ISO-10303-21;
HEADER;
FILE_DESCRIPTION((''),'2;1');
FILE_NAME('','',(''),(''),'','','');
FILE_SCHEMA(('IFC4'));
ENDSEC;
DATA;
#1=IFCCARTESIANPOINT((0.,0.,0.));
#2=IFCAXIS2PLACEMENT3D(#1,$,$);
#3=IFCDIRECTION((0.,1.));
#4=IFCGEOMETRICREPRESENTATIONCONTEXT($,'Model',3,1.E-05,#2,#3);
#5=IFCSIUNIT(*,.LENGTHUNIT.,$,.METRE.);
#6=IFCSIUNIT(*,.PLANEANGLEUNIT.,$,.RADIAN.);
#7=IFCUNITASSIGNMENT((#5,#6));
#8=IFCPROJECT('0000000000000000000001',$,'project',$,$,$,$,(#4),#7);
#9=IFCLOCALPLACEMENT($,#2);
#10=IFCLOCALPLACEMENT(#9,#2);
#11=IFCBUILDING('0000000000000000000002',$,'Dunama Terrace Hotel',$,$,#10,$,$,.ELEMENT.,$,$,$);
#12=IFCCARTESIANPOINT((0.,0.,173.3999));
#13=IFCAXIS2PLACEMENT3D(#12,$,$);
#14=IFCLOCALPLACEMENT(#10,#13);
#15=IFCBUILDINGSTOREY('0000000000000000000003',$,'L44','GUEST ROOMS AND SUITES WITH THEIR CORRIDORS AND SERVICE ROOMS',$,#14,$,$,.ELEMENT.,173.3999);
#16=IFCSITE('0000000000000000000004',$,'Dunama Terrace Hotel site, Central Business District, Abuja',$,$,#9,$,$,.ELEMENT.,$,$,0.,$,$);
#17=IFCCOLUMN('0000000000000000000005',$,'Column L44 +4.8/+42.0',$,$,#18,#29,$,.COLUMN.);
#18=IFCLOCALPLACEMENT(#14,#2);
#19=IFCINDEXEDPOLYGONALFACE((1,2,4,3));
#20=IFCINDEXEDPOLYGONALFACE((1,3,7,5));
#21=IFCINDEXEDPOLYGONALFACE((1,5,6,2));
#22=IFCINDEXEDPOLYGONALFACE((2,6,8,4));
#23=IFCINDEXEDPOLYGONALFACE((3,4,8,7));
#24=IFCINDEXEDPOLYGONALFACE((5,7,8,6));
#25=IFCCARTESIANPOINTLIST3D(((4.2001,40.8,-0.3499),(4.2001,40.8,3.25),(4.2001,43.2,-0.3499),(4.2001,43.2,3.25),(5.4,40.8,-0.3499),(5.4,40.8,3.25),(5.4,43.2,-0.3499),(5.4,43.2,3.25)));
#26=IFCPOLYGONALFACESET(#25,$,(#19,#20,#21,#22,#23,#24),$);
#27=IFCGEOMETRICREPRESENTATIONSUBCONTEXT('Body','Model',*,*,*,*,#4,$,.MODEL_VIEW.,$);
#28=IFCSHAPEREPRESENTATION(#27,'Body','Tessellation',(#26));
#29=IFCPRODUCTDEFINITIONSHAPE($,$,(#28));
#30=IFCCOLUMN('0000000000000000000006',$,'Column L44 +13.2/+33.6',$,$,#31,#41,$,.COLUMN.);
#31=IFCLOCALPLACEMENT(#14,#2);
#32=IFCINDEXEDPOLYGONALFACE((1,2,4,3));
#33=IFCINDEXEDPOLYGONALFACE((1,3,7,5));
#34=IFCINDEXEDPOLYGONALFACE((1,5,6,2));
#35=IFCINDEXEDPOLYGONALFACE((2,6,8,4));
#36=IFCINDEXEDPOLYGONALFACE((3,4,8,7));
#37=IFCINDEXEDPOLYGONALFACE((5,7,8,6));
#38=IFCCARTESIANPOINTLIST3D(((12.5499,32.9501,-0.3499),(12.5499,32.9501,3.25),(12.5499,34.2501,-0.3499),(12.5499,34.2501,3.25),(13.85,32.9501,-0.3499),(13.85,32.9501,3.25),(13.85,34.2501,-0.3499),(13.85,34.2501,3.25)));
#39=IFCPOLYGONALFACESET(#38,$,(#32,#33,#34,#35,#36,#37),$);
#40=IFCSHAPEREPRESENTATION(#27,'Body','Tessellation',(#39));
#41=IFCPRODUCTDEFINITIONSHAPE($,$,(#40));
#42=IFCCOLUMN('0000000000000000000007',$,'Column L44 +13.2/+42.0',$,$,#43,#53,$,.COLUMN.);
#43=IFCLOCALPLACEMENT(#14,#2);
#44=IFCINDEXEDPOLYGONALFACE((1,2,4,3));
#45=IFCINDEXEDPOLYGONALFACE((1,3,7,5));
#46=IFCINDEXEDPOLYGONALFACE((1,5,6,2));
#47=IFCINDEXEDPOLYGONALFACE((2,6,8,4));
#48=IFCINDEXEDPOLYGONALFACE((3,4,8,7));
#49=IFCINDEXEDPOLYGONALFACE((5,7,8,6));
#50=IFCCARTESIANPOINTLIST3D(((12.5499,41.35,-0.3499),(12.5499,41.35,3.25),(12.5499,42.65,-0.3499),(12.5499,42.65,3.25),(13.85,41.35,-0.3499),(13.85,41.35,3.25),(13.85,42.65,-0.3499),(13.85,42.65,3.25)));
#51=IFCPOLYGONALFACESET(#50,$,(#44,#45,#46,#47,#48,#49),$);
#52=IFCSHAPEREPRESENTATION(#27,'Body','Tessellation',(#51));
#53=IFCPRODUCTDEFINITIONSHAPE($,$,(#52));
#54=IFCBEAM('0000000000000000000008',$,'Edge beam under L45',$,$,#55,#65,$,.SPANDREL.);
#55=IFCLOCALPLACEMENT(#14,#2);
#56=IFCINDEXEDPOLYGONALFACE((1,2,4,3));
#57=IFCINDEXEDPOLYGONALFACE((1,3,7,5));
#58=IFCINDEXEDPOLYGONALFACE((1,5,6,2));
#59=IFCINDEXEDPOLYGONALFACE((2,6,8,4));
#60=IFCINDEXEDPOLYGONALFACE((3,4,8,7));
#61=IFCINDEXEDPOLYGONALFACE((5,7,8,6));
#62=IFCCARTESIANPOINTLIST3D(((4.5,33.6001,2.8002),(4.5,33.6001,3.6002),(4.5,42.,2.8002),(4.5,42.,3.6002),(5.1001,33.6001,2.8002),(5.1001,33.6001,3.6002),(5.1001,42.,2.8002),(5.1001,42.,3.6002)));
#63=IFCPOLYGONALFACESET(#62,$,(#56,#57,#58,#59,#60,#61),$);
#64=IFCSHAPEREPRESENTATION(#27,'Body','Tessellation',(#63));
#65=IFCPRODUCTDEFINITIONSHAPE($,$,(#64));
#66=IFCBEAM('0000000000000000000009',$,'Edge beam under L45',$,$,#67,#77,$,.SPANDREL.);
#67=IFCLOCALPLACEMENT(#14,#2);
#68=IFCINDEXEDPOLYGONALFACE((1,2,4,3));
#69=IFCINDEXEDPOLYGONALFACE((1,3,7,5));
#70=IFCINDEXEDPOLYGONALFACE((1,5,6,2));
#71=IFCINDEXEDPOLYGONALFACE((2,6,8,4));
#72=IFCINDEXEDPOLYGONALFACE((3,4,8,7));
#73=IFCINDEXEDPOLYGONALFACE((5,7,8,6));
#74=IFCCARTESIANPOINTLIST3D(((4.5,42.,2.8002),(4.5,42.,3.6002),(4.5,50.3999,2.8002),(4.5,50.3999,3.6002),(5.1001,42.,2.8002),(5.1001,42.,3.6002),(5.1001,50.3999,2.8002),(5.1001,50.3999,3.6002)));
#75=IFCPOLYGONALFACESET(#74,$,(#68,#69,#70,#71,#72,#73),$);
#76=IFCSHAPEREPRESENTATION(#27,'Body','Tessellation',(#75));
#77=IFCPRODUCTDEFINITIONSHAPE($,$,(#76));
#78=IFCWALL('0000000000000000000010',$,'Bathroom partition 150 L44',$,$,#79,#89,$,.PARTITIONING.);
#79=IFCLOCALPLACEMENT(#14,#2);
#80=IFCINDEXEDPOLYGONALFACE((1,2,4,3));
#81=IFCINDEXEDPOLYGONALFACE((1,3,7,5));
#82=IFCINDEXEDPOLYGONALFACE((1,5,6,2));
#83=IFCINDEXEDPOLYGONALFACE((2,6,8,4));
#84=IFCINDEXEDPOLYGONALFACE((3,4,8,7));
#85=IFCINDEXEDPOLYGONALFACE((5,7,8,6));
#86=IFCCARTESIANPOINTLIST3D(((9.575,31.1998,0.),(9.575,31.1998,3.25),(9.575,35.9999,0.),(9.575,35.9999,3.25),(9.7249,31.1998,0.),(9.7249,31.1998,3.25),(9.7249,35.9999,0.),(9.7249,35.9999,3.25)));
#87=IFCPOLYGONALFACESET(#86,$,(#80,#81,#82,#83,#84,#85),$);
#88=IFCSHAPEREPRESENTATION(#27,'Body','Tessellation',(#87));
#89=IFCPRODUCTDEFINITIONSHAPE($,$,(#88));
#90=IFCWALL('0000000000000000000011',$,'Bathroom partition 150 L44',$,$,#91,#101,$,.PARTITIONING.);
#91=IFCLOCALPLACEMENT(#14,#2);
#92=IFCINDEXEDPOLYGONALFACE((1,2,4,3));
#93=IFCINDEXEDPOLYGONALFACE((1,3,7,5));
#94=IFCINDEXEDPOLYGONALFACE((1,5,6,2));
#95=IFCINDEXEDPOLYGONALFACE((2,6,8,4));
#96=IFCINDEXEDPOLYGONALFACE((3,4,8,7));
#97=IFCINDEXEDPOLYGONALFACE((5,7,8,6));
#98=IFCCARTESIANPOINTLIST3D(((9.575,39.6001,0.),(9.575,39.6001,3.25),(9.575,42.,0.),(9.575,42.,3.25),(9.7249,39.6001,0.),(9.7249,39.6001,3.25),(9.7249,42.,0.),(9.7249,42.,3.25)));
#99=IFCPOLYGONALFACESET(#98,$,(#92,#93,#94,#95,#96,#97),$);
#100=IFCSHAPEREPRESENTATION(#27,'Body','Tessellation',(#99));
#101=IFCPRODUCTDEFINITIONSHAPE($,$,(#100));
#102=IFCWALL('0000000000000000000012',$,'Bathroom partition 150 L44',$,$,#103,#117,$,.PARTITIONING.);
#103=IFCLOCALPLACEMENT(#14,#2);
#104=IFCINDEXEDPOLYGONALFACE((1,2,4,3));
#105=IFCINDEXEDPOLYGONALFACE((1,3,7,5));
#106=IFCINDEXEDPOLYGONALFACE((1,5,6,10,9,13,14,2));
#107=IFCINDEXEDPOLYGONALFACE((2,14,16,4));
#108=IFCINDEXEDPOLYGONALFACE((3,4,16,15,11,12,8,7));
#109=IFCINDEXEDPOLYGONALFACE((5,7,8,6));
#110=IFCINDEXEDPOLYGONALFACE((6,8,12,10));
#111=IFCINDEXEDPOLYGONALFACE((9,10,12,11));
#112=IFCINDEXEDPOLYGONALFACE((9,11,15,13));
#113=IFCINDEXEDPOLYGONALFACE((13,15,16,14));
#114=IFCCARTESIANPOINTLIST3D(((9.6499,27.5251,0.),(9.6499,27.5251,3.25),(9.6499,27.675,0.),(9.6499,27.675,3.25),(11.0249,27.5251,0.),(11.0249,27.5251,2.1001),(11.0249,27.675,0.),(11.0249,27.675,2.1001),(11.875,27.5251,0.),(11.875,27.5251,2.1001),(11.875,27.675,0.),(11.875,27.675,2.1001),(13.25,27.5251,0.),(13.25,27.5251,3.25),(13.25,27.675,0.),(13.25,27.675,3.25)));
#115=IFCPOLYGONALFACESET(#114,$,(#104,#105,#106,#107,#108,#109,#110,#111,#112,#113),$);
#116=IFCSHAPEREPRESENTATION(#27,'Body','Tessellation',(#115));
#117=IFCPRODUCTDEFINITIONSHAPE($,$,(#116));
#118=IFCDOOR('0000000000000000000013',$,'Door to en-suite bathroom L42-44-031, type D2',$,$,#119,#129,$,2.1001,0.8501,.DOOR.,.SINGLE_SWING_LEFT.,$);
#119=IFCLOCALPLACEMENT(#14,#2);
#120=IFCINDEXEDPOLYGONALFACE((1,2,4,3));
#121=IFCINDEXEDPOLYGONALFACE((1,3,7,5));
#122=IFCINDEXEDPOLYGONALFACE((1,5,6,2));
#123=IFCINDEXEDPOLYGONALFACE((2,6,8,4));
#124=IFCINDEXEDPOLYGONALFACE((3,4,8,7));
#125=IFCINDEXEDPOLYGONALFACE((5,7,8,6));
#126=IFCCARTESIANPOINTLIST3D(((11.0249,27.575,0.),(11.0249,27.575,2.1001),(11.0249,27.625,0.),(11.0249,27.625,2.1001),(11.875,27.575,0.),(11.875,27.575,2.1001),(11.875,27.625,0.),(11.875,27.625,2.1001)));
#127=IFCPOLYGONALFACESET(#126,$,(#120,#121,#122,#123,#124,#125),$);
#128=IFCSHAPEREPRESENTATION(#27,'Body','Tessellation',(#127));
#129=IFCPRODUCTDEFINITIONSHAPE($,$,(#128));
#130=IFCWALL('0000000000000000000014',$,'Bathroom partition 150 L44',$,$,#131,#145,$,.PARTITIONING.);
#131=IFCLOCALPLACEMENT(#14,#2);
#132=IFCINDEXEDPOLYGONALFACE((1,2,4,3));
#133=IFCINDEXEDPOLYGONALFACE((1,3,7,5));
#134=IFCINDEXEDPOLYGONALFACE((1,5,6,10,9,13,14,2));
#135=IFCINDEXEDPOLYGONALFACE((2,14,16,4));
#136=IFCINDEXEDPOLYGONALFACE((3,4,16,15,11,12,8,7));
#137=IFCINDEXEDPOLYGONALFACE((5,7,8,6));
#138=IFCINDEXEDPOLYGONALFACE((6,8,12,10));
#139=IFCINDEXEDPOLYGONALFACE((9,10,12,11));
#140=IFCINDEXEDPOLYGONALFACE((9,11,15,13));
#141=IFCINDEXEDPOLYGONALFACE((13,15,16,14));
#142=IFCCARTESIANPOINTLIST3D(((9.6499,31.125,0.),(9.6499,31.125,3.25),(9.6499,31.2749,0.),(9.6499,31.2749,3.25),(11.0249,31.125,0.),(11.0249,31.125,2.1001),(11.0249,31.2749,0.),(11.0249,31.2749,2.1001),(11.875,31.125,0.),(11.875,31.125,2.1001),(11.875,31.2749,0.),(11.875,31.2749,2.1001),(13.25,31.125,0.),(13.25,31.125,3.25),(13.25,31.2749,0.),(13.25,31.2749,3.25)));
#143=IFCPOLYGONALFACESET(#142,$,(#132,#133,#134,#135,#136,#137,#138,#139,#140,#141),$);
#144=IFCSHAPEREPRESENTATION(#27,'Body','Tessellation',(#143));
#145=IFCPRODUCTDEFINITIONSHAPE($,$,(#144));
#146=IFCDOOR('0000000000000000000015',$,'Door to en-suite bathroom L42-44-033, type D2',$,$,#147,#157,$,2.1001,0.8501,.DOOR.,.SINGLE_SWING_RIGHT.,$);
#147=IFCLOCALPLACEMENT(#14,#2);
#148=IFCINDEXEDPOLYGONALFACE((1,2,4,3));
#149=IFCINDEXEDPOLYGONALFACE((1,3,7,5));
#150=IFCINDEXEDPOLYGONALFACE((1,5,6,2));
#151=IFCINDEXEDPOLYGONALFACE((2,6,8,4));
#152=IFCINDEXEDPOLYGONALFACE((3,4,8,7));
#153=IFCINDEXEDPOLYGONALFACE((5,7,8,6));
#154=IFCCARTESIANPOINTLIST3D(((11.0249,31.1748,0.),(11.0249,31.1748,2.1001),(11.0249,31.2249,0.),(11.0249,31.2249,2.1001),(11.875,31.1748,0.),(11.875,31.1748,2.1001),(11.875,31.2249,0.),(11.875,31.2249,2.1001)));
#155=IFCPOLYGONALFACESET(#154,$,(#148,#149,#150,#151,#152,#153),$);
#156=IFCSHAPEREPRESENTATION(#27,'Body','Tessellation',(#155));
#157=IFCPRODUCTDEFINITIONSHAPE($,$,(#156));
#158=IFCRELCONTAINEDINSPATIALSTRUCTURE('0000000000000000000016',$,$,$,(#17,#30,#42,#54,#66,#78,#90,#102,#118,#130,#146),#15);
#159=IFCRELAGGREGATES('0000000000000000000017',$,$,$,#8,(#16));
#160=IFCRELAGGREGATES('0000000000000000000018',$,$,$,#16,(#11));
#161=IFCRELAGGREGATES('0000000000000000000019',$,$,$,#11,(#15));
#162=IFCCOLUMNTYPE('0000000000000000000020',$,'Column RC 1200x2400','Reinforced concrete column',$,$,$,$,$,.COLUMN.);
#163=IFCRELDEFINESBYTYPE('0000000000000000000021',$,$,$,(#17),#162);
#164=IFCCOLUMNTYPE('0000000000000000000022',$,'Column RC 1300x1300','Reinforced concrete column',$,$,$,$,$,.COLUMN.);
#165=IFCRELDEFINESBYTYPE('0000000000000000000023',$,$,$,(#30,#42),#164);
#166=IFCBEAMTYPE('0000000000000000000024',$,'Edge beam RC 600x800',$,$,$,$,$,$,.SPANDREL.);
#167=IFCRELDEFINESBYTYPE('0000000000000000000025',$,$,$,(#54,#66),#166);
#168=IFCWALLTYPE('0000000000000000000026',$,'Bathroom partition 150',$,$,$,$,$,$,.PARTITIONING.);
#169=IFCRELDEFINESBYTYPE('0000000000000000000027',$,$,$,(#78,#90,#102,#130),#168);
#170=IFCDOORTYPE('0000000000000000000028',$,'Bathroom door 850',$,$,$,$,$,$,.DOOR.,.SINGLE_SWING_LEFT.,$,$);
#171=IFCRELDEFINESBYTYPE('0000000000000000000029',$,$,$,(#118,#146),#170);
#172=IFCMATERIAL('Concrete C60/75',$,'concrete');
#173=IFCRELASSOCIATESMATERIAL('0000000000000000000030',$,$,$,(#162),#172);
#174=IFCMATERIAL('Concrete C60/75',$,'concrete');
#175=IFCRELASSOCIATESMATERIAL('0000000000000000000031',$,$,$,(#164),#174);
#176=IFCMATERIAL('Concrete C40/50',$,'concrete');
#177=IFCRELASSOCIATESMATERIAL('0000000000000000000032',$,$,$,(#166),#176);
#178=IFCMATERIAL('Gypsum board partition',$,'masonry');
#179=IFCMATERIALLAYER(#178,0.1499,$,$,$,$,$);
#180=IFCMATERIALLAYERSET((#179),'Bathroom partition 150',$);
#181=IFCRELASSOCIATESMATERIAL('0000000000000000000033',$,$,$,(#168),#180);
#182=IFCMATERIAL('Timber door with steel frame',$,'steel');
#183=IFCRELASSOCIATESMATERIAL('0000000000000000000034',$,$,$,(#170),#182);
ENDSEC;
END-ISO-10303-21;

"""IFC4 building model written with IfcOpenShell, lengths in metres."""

from ifc_helpers import new_model, si_unit, direction, frame, frame_2d, origin, origin_2d, place, context, subcontext, project, spatial, rectangle, extrude, material, layer, layer_set, material_profile, profile_set, type_object, element, fill, save


model = new_model("IFC4")

# Units and contexts
model_context = context("Model", 3, precision=1e-05, world=origin(), true_north=direction((0.0, 1.0)))
body_context = subcontext(model_context, "Body", "Model", "MODEL_VIEW")
ifc_project = project(units=[si_unit("LENGTHUNIT", "METRE"), si_unit("PLANEANGLEUNIT", "RADIAN")], contexts=[model_context])

# Site, building, storey
site_placement = place(None, origin())
site = spatial("IfcSite", under=ifc_project, at=site_placement, Name="Dunama Terrace Hotel site, Central Business District, Abuja", CompositionType="ELEMENT", RefElevation=0.0)
building_placement = place(site_placement, origin())
building = spatial("IfcBuilding", under=site, at=building_placement, Name="Dunama Terrace Hotel", CompositionType="ELEMENT")
storey_placement = place(building_placement, frame((0.0, 0.0, 173.3999)))
storey = spatial("IfcBuildingStorey", under=building, at=storey_placement, Name="L44", Description="GUEST ROOMS AND SUITES WITH THEIR CORRIDORS AND SERVICE ROOMS", CompositionType="ELEMENT", Elevation=173.3999)

# Columns
ifc_material_1 = material(Name="Concrete C60/75", Category="concrete")
ifc_material_profile_1 = material_profile(ifc_material_1, rectangle(XDim=1.2, YDim=2.3999, at=origin_2d()), Name="RC 1200x2400")
ifc_profile_set_1 = profile_set([ifc_material_profile_1], Name="Concrete C60/75")
column_type_1 = type_object("IfcColumnType", Name="Column RC 1200x2400", Description="Reinforced concrete column", PredefinedType="COLUMN", material=ifc_profile_set_1)
column_placement = place(storey_placement, frame((4.8, 42.0, -0.3499), z_axis=(0.0, 0.0, 1.0), x_axis=(1.0, 0.0, 0.0)))
element("IfcColumn", 1, at=column_placement, inside=storey, type_object=column_type_1, Name="Column L44 +4.8/+42.0", PredefinedType="COLUMN", context=body_context, shape_type="SweptSolid", body=[
    extrude(rectangle(XDim=1.2, YDim=2.3999, at=origin_2d()), origin(), (0.0, 0.0, 1.0), 3.5999),
])
ifc_material_2 = material(Name="Concrete C60/75", Category="concrete")
ifc_material_profile_2 = material_profile(ifc_material_2, rectangle(XDim=1.3, YDim=1.3, at=origin_2d()), Name="RC 1300x1300")
ifc_profile_set_2 = profile_set([ifc_material_profile_2], Name="Concrete C60/75")
column_type_2 = type_object("IfcColumnType", Name="Column RC 1300x1300", Description="Reinforced concrete column", PredefinedType="COLUMN", material=ifc_profile_set_2)
for number, where, z_axis, x_axis, name in (
    (2, (13.2, 33.6001, -0.3499), (0.0, 0.0, 1.0), (1.0, 0.0, 0.0), "Column L44 +13.2/+33.6"),
    (3, (13.2, 42.0, -0.3499), (0.0, 0.0, 1.0), (1.0, 0.0, 0.0), "Column L44 +13.2/+42.0"),
):
    element("IfcColumn", number, at=place(storey_placement, frame(where, z_axis=z_axis, x_axis=x_axis)), inside=storey, type_object=column_type_2, Name=name, PredefinedType="COLUMN", context=body_context, shape_type="SweptSolid", body=[
        extrude(rectangle(XDim=1.3, YDim=1.3, at=origin_2d()), origin(), (0.0, 0.0, 1.0), 3.5999),
    ])

# Beams
ifc_material_3 = material(Name="Concrete C40/50", Category="concrete")
ifc_material_profile_3 = material_profile(ifc_material_3, rectangle(XDim=0.6001, YDim=0.8, at=origin_2d()), Name="RC 600x800")
ifc_profile_set_3 = profile_set([ifc_material_profile_3], Name="Concrete C40/50")
beam_type = type_object("IfcBeamType", Name="Edge beam RC 600x800", PredefinedType="SPANDREL", material=ifc_profile_set_3)
for number, where, z_axis, x_axis, name in (
    (4, (4.8, 33.6001, 3.2002), (0.0, 1.0, 0.0), (-1.0, 0.0, 0.0), "Edge beam under L45"),
    (5, (4.8, 42.0, 3.2002), (0.0, 1.0, 0.0), (-1.0, 0.0, 0.0), "Edge beam under L45"),
):
    element("IfcBeam", number, at=place(storey_placement, frame(where, z_axis=z_axis, x_axis=x_axis)), inside=storey, type_object=beam_type, Name=name, PredefinedType="SPANDREL", context=body_context, shape_type="SweptSolid", body=[
        extrude(rectangle(XDim=0.6001, YDim=0.8, at=origin_2d()), origin(), (0.0, 0.0, 1.0), 8.3999),
    ])

# Walls
ifc_material_4 = material(Name="Gypsum board partition", Category="masonry")
ifc_layer = layer(ifc_material_4, 0.1499)
ifc_layer_set = layer_set([ifc_layer], Name="Bathroom partition 150")
wall_type = type_object("IfcWallType", Name="Bathroom partition 150", PredefinedType="PARTITIONING", material=ifc_layer_set)
wall_1_placement = place(storey_placement, frame((9.6499, 31.2, 0.0), z_axis=(0.0, 0.0, 1.0), x_axis=(0.0, 1.0, 0.0)))
element("IfcWall", 6, at=wall_1_placement, inside=storey, type_object=wall_type, Name="Bathroom partition 150 L44", PredefinedType="PARTITIONING", context=body_context, shape_type="SweptSolid", body=[
    extrude(rectangle(XDim=4.8, YDim=0.1499, at=frame_2d((2.3999, 0.0))), origin(), (0.0, 0.0, 1.0), 3.25),
])
wall_2_placement = place(storey_placement, frame((9.6499, 39.6001, 0.0), z_axis=(0.0, 0.0, 1.0), x_axis=(0.0, 1.0, 0.0)))
element("IfcWall", 7, at=wall_2_placement, inside=storey, type_object=wall_type, Name="Bathroom partition 150 L44", PredefinedType="PARTITIONING", context=body_context, shape_type="SweptSolid", body=[
    extrude(rectangle(XDim=2.3999, YDim=0.1499, at=frame_2d((1.2, 0.0))), origin(), (0.0, 0.0, 1.0), 3.25),
])

# Walls, openings, doors
wall_3_placement = place(storey_placement, frame((9.6499, 27.6001, 0.0), z_axis=(0.0, 0.0, 1.0), x_axis=(1.0, 0.0, 0.0)))
wall_3 = element("IfcWall", 8, at=wall_3_placement, inside=storey, type_object=wall_type, Name="Bathroom partition 150 L44", PredefinedType="PARTITIONING", context=body_context, shape_type="SweptSolid", body=[
    extrude(rectangle(XDim=3.6001, YDim=0.1499, at=frame_2d((1.8, 0.0))), origin(), (0.0, 0.0, 1.0), 3.25),
])
opening_1_placement = place(wall_3_placement, frame((1.375, 0.0, 0.0)))
opening_1 = element("IfcOpeningElement", 9, at=opening_1_placement, cuts=wall_3, PredefinedType="OPENING", context=body_context, shape_type="SweptSolid", body=[
    extrude(rectangle(XDim=0.8501, YDim=2.1001, at=frame_2d((0.425, 1.05))), frame((0.0, 0.085, 0.0), z_axis=(0.0, -1.0, 0.0), x_axis=(1.0, 0.0, 0.0)), (0.0, 0.0, 1.0), 0.1699),
])
ifc_material_5 = material(Name="Timber door with steel frame", Category="steel")
door_type = type_object("IfcDoorType", Name="Bathroom door 850", OperationType="SINGLE_SWING_LEFT", PredefinedType="DOOR", material=ifc_material_5)
door_1_placement = place(opening_1_placement, frame((0.8501, 0.0, 0.0), z_axis=(0.0, 0.0, 1.0), x_axis=(-1.0, 0.0, 0.0)))
door_1 = element("IfcDoor", 10, at=door_1_placement, inside=storey, type_object=door_type, Name="Door to en-suite bathroom L42-44-031, type D2", OperationType="SINGLE_SWING_LEFT", OverallHeight=2.1001, OverallWidth=0.8501, PredefinedType="DOOR", context=body_context, shape_type="SweptSolid", body=[
    extrude(rectangle(XDim=0.8501, YDim=2.1001, at=frame_2d((0.425, 1.05))), frame((0.0, 0.0251, 0.0), z_axis=(0.0, -1.0, 0.0), x_axis=(1.0, 0.0, 0.0)), (0.0, 0.0, 1.0), 0.05),
])
fill(opening_1, door_1)
wall_4_placement = place(storey_placement, frame((9.6499, 31.2, 0.0), z_axis=(0.0, 0.0, 1.0), x_axis=(1.0, 0.0, 0.0)))
wall_4 = element("IfcWall", 11, at=wall_4_placement, inside=storey, type_object=wall_type, Name="Bathroom partition 150 L44", PredefinedType="PARTITIONING", context=body_context, shape_type="SweptSolid", body=[
    extrude(rectangle(XDim=3.6001, YDim=0.1499, at=frame_2d((1.8, 0.0))), origin(), (0.0, 0.0, 1.0), 3.25),
])
opening_2_placement = place(wall_4_placement, frame((1.375, 0.0, 0.0)))
opening_2 = element("IfcOpeningElement", 12, at=opening_2_placement, cuts=wall_4, PredefinedType="OPENING", context=body_context, shape_type="SweptSolid", body=[
    extrude(rectangle(XDim=0.8501, YDim=2.1001, at=frame_2d((0.425, 1.05))), frame((0.0, 0.085, 0.0), z_axis=(0.0, -1.0, 0.0), x_axis=(1.0, 0.0, 0.0)), (0.0, 0.0, 1.0), 0.1699),
])
door_2_placement = place(opening_2_placement, origin())
door_2 = element("IfcDoor", 13, at=door_2_placement, inside=storey, type_object=door_type, Name="Door to en-suite bathroom L42-44-033, type D2", OperationType="SINGLE_SWING_RIGHT", OverallHeight=2.1001, OverallWidth=0.8501, PredefinedType="DOOR", context=body_context, shape_type="SweptSolid", body=[
    extrude(rectangle(XDim=0.8501, YDim=2.1001, at=frame_2d((0.425, 1.05))), frame((0.0, 0.0249, 0.0), z_axis=(0.0, -1.0, 0.0), x_axis=(1.0, 0.0, 0.0)), (0.0, 0.0, 1.0), 0.05),
])
fill(opening_2, door_2)

save(model, "model.ifc")
